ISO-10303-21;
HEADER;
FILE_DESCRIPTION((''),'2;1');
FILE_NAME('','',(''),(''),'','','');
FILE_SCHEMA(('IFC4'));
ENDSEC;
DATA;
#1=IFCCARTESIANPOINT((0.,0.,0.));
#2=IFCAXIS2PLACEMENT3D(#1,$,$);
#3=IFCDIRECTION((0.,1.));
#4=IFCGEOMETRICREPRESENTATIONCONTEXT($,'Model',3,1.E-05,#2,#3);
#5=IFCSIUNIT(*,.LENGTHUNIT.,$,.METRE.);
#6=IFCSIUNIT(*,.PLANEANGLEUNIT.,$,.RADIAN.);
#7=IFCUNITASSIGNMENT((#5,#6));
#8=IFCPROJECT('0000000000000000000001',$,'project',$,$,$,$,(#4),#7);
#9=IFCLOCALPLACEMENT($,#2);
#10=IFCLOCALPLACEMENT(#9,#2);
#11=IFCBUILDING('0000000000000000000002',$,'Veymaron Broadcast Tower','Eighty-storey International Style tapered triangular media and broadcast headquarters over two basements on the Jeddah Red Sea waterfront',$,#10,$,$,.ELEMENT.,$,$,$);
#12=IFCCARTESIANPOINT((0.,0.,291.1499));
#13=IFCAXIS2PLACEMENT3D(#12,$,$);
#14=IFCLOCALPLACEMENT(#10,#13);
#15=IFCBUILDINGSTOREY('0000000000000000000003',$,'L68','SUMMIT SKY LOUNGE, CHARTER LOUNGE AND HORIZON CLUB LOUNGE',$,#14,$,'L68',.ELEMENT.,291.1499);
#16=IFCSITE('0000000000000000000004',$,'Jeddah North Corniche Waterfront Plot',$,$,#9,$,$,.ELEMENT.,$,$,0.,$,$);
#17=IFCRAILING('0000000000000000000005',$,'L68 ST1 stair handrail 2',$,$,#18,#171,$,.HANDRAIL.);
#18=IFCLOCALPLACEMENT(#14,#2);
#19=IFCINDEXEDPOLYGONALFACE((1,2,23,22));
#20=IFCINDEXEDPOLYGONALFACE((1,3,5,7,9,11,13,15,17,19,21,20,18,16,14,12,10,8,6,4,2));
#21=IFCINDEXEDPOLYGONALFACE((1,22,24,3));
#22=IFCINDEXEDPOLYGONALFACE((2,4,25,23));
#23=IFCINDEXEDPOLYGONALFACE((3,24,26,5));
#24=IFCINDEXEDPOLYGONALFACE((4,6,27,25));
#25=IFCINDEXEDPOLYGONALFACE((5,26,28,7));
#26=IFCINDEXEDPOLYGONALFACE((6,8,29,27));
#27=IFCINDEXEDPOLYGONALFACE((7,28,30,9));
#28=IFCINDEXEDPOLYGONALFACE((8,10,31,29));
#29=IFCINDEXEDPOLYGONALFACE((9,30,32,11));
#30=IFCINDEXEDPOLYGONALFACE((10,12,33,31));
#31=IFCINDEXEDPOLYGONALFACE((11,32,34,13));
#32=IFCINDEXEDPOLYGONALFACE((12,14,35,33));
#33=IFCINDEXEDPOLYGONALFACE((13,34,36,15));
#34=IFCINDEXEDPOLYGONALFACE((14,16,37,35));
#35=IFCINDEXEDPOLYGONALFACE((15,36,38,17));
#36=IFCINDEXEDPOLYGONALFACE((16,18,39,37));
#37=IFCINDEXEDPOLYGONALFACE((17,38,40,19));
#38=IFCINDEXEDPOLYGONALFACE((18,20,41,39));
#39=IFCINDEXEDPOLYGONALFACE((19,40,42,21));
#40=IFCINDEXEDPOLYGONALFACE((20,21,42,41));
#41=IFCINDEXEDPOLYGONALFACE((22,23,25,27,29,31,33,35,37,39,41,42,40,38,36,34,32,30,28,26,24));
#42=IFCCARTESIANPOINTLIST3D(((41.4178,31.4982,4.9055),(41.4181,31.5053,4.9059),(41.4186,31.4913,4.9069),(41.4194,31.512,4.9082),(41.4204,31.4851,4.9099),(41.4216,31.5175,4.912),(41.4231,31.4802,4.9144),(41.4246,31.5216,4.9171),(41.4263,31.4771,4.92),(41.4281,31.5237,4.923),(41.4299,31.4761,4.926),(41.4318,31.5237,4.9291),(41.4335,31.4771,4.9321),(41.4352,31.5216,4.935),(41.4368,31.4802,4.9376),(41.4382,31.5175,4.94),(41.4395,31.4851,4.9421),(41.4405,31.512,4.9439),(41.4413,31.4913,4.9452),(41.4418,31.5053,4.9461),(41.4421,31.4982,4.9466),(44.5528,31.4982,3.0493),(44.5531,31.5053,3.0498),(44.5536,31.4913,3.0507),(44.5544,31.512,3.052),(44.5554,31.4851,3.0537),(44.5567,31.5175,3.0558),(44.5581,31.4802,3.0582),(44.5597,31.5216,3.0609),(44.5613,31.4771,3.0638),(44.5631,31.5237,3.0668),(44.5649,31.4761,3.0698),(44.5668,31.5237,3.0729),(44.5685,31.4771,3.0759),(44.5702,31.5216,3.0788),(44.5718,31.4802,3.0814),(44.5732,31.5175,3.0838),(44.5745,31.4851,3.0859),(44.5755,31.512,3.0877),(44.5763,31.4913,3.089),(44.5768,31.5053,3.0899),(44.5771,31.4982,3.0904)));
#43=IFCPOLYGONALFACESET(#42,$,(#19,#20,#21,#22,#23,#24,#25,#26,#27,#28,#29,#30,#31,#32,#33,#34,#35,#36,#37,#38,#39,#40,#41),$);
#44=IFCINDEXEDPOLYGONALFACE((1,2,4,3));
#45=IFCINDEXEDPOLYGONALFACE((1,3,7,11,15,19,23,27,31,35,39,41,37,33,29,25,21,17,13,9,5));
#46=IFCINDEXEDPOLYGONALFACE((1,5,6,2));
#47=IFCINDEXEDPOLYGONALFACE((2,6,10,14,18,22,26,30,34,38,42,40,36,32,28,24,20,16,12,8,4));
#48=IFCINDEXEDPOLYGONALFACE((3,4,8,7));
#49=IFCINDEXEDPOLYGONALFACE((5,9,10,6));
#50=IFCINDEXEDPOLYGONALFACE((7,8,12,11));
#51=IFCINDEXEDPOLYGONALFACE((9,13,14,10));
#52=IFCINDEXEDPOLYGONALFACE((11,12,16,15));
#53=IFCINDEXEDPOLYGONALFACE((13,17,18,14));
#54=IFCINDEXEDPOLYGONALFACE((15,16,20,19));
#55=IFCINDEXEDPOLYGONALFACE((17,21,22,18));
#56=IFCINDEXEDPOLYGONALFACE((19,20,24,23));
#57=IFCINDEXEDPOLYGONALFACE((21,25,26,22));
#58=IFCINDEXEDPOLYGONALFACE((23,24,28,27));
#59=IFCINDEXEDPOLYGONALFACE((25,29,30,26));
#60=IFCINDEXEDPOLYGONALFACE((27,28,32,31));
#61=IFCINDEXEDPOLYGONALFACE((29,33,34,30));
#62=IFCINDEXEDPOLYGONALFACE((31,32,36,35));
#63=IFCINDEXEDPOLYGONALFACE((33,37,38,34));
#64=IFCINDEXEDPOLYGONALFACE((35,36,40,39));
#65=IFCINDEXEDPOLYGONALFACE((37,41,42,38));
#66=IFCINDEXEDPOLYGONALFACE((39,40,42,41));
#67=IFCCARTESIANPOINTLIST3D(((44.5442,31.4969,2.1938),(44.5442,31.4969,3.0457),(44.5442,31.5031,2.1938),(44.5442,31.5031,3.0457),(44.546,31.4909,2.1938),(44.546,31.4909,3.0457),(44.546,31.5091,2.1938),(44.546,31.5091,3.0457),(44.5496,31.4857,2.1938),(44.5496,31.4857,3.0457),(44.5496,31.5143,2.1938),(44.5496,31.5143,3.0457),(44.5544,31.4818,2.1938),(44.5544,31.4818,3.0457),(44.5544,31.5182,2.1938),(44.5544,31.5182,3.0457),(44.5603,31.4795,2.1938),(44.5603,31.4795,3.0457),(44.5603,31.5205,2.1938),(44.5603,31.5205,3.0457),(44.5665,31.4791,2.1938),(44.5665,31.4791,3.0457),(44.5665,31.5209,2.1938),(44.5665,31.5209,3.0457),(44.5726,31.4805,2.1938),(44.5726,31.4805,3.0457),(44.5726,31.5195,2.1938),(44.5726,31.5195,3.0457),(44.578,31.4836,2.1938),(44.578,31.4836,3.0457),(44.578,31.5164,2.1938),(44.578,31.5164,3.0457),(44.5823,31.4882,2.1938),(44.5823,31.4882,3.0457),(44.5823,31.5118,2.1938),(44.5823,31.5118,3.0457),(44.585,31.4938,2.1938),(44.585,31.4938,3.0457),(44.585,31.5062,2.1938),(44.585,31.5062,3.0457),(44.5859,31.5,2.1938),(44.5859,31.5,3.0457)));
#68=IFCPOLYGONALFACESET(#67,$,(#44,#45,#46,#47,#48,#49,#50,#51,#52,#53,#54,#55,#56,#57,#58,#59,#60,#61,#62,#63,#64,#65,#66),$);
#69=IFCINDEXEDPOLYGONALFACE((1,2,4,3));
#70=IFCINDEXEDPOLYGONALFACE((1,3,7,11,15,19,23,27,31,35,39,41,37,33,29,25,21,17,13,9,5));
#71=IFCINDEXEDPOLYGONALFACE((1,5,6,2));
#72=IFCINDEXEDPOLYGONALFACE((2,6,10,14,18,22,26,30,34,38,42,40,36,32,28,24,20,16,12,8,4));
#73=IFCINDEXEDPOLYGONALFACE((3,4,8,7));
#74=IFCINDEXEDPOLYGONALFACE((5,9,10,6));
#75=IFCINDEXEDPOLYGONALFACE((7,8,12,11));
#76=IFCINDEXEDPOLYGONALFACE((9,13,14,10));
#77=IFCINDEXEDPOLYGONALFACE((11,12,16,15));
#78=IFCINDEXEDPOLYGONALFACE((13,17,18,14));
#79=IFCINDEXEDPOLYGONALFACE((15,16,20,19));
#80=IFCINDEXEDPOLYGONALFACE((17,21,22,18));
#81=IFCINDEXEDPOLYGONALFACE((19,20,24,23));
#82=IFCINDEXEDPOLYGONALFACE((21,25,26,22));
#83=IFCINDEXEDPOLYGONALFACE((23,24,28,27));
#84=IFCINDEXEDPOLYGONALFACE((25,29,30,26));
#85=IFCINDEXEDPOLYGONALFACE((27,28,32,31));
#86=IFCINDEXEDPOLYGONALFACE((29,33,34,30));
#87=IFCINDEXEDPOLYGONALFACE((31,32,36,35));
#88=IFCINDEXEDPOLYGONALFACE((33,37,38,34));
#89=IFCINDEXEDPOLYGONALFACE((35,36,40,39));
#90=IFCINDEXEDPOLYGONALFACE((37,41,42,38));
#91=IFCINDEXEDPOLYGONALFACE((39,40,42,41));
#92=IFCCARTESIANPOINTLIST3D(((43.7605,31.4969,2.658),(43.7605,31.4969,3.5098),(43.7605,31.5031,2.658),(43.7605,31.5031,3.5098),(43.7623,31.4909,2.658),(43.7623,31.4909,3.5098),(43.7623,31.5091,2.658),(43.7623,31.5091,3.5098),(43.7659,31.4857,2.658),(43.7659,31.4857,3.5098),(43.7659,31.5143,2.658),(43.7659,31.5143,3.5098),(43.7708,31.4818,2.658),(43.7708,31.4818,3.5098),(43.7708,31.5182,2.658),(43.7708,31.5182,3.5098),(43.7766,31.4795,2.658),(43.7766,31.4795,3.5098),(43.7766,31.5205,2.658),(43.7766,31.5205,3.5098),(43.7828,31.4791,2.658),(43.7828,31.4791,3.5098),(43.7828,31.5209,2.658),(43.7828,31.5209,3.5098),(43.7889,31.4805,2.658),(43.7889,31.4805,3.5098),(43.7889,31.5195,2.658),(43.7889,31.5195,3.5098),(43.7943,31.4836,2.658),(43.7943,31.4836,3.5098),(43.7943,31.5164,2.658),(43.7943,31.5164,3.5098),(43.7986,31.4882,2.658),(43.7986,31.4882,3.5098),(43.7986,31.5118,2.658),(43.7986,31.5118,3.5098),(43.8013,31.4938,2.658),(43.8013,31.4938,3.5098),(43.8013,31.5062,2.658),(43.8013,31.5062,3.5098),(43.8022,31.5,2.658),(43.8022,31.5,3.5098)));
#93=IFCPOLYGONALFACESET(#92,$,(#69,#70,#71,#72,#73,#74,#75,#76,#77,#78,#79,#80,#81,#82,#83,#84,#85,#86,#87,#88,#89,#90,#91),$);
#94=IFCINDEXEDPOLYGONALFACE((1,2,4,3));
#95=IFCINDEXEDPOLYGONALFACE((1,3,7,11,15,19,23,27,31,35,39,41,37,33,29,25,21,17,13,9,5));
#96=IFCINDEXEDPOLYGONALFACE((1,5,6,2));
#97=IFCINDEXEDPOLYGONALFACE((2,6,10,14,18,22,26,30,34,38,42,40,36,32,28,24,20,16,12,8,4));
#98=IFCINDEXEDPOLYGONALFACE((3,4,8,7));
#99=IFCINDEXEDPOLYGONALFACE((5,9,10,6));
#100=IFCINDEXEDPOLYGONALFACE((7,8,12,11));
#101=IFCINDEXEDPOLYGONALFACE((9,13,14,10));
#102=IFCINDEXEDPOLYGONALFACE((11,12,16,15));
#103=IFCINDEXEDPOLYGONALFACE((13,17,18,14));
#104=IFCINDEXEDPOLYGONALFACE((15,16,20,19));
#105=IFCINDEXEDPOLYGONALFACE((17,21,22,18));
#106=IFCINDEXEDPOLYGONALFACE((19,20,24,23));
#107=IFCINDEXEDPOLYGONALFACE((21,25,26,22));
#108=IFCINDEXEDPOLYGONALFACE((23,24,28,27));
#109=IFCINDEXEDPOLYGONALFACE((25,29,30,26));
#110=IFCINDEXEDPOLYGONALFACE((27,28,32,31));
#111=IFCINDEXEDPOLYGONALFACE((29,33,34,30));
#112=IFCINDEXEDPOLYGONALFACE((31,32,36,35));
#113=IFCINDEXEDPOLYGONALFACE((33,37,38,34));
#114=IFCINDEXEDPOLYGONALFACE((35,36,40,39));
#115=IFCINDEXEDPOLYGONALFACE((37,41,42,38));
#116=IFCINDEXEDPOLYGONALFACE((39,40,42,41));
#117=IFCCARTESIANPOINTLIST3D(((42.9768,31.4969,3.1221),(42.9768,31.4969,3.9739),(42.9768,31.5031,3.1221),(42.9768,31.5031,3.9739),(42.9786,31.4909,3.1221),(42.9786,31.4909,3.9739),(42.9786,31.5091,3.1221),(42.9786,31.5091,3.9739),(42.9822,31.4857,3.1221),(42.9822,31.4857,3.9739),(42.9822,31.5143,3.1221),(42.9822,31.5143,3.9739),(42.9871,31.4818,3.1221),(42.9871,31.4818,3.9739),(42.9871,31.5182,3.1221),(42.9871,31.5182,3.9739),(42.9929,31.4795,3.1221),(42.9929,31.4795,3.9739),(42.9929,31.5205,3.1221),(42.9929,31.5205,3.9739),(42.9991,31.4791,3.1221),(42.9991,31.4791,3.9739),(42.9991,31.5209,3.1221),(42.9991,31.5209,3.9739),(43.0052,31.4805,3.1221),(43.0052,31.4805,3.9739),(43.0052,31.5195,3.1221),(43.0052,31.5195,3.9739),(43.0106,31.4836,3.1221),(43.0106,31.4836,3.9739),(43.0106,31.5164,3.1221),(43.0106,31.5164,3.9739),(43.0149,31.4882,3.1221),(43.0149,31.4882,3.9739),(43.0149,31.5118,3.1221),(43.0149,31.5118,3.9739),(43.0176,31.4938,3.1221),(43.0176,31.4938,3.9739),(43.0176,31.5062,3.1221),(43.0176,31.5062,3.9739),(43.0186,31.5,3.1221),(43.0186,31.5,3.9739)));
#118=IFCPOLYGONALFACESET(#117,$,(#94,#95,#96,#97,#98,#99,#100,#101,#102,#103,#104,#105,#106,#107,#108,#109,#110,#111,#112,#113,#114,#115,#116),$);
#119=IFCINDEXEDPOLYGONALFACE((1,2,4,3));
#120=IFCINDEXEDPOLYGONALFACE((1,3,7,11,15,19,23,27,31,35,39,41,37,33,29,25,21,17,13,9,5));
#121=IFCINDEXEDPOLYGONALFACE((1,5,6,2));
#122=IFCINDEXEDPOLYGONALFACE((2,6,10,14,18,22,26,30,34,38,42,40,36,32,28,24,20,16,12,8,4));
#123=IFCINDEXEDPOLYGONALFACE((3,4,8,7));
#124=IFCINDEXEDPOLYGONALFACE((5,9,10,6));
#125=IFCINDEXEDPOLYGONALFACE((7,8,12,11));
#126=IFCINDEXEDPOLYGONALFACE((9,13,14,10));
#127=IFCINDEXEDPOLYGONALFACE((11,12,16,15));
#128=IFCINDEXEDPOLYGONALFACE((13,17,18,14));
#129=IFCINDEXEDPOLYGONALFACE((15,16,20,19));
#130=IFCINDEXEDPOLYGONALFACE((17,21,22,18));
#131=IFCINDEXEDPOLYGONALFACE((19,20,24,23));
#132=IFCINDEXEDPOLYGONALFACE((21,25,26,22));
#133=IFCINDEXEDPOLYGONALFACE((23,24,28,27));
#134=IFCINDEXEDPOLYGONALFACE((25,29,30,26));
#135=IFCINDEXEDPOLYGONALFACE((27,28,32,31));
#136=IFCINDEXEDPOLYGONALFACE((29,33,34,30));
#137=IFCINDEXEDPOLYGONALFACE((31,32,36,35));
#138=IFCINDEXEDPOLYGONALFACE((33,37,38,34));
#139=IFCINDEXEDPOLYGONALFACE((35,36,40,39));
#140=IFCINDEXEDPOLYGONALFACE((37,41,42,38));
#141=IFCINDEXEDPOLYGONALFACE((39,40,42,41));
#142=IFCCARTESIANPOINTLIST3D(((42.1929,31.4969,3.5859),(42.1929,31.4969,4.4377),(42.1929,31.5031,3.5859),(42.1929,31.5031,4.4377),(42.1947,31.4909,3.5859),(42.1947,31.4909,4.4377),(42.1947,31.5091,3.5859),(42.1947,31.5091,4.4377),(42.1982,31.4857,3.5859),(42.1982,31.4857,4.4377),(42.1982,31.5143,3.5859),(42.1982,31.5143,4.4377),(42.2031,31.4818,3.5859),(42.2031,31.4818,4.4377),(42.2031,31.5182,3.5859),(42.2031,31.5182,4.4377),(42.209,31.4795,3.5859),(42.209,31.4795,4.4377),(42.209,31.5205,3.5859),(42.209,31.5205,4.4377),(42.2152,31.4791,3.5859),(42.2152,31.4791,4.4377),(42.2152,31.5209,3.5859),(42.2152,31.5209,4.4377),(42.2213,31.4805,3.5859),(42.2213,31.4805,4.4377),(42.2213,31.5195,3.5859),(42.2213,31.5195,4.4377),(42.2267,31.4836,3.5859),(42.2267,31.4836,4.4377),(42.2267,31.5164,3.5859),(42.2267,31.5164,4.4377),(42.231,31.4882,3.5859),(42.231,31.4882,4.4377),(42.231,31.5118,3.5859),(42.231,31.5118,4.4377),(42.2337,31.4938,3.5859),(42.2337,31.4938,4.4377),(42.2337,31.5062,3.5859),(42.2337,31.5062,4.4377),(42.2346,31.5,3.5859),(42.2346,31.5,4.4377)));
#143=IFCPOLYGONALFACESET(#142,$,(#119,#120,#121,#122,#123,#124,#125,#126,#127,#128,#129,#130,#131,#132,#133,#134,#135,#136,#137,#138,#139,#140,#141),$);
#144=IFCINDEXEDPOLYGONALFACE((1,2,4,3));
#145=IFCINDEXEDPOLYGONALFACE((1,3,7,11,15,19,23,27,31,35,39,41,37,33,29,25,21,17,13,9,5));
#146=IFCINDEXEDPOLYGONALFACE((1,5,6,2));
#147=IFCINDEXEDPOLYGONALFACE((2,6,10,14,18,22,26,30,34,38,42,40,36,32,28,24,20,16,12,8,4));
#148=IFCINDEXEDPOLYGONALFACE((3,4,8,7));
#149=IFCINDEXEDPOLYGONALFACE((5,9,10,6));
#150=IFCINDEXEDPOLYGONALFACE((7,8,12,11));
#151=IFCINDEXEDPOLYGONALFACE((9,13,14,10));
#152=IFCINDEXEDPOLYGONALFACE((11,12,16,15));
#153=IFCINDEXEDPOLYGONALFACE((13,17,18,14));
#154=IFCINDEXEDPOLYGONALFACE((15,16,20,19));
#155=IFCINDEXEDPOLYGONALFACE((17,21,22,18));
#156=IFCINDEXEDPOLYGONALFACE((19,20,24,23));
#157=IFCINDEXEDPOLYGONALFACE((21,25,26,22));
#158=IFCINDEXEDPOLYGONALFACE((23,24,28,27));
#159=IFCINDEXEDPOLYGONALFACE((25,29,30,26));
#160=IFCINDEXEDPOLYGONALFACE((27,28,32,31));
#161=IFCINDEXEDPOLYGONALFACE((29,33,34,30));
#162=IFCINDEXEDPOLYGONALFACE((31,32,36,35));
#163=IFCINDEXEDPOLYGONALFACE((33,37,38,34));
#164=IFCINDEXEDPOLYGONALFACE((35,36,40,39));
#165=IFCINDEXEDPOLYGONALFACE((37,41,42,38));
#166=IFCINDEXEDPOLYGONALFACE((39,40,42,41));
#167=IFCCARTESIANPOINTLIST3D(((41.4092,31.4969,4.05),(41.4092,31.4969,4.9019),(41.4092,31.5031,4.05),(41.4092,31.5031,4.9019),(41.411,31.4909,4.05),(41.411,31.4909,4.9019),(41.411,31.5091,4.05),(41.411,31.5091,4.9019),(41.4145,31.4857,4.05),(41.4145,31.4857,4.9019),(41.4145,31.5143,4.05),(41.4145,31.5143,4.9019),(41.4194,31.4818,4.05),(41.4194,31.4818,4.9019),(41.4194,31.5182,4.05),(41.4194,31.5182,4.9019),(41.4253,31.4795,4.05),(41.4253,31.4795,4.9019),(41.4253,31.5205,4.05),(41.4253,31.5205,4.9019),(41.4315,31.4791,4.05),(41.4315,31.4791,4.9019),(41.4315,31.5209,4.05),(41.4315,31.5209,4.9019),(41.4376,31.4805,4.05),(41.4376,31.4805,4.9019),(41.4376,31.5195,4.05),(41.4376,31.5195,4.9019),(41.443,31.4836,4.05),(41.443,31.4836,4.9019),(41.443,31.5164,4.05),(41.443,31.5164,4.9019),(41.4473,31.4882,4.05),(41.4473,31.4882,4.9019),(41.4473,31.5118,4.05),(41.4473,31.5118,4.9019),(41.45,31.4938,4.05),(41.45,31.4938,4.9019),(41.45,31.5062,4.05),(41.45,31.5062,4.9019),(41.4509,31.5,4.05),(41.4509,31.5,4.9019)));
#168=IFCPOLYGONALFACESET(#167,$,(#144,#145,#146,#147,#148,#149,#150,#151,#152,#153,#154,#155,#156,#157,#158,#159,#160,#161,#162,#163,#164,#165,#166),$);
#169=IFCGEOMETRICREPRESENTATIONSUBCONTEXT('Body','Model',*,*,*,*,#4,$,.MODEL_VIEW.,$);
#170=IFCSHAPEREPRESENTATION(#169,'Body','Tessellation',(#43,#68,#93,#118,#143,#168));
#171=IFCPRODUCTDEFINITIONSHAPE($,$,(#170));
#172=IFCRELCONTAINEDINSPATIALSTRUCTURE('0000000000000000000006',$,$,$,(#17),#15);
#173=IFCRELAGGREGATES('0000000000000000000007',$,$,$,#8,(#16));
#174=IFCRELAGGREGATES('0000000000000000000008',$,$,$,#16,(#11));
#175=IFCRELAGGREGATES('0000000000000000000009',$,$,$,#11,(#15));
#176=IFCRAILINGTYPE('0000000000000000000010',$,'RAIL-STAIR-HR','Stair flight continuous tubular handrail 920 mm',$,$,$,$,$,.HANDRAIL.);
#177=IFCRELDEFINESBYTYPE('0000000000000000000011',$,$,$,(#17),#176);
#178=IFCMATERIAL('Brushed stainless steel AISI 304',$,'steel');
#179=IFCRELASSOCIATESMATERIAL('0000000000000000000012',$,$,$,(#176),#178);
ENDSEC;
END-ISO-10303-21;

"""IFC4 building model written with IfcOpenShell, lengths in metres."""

from ifc_helpers import new_model, si_unit, direction, frame, origin, origin_2d, place, context, subcontext, project, spatial, circle, extrude, material, type_object, element, save


model = new_model("IFC4")

# Units and contexts
model_context = context("Model", 3, precision=1e-05, world=origin(), true_north=direction((0.0, 1.0)))
body_context = subcontext(model_context, "Body", "Model", "MODEL_VIEW")
ifc_project = project(units=[si_unit("LENGTHUNIT", "METRE"), si_unit("PLANEANGLEUNIT", "RADIAN")], contexts=[model_context])

# Site, building, storey
site_placement = place(None, origin())
site = spatial("IfcSite", under=ifc_project, at=site_placement, Name="Jeddah North Corniche Waterfront Plot", CompositionType="ELEMENT", RefElevation=0.0)
building_placement = place(site_placement, origin())
building = spatial("IfcBuilding", under=site, at=building_placement, Name="Veymaron Broadcast Tower", Description="Eighty-storey International Style tapered triangular media and broadcast headquarters over two basements on the Jeddah Red Sea waterfront", CompositionType="ELEMENT")
storey_placement = place(building_placement, frame((0.0, 0.0, 291.1499)))
storey = spatial("IfcBuildingStorey", under=building, at=storey_placement, Name="L68", Description="SUMMIT SKY LOUNGE, CHARTER LOUNGE AND HORIZON CLUB LOUNGE", LongName="L68", CompositionType="ELEMENT", Elevation=291.1499)

# Shared definitions
ifc_material_1 = material(Name="Brushed stainless steel AISI 304", Category="steel")

# Railing
railing_type_1 = type_object("IfcRailingType", Name="RAIL-STAIR-HR", Description="Stair flight continuous tubular handrail 920 mm", PredefinedType="HANDRAIL", material=ifc_material_1)
railing_1_placement = place(storey_placement, frame((44.5649, 31.5, 2.1938)))
element("IfcRailing", 1, at=railing_1_placement, inside=storey, type_object=railing_type_1, Name="L68 ST1 stair handrail 2", PredefinedType="HANDRAIL", context=body_context, shape_type="SweptSolid", body=[
    extrude(circle(Radius=0.0239, at=origin_2d()), frame((0.0, 0.0, 0.876), z_axis=(-0.860482, 0.0, 0.509481), x_axis=(0.0, -1.0, 0.0)), (0.0, 0.0, 1.0), 3.6433),
    extrude(circle(Radius=0.021, at=origin_2d()), origin(), (0.0, 0.0, 1.0), 0.8518),
    extrude(circle(Radius=0.021, at=origin_2d()), frame((-0.7837, 0.0, 0.4641)), (0.0, 0.0, 1.0), 0.8518),
    extrude(circle(Radius=0.021, at=origin_2d()), frame((-1.5674, 0.0, 0.9282)), (0.0, 0.0, 1.0), 0.8518),
    extrude(circle(Radius=0.021, at=origin_2d()), frame((-2.3513, 0.0, 1.3921)), (0.0, 0.0, 1.0), 0.8518),
    extrude(circle(Radius=0.021, at=origin_2d()), frame((-3.135, 0.0, 1.8562)), (0.0, 0.0, 1.0), 0.8518),
])

save(model, "model.ifc")
